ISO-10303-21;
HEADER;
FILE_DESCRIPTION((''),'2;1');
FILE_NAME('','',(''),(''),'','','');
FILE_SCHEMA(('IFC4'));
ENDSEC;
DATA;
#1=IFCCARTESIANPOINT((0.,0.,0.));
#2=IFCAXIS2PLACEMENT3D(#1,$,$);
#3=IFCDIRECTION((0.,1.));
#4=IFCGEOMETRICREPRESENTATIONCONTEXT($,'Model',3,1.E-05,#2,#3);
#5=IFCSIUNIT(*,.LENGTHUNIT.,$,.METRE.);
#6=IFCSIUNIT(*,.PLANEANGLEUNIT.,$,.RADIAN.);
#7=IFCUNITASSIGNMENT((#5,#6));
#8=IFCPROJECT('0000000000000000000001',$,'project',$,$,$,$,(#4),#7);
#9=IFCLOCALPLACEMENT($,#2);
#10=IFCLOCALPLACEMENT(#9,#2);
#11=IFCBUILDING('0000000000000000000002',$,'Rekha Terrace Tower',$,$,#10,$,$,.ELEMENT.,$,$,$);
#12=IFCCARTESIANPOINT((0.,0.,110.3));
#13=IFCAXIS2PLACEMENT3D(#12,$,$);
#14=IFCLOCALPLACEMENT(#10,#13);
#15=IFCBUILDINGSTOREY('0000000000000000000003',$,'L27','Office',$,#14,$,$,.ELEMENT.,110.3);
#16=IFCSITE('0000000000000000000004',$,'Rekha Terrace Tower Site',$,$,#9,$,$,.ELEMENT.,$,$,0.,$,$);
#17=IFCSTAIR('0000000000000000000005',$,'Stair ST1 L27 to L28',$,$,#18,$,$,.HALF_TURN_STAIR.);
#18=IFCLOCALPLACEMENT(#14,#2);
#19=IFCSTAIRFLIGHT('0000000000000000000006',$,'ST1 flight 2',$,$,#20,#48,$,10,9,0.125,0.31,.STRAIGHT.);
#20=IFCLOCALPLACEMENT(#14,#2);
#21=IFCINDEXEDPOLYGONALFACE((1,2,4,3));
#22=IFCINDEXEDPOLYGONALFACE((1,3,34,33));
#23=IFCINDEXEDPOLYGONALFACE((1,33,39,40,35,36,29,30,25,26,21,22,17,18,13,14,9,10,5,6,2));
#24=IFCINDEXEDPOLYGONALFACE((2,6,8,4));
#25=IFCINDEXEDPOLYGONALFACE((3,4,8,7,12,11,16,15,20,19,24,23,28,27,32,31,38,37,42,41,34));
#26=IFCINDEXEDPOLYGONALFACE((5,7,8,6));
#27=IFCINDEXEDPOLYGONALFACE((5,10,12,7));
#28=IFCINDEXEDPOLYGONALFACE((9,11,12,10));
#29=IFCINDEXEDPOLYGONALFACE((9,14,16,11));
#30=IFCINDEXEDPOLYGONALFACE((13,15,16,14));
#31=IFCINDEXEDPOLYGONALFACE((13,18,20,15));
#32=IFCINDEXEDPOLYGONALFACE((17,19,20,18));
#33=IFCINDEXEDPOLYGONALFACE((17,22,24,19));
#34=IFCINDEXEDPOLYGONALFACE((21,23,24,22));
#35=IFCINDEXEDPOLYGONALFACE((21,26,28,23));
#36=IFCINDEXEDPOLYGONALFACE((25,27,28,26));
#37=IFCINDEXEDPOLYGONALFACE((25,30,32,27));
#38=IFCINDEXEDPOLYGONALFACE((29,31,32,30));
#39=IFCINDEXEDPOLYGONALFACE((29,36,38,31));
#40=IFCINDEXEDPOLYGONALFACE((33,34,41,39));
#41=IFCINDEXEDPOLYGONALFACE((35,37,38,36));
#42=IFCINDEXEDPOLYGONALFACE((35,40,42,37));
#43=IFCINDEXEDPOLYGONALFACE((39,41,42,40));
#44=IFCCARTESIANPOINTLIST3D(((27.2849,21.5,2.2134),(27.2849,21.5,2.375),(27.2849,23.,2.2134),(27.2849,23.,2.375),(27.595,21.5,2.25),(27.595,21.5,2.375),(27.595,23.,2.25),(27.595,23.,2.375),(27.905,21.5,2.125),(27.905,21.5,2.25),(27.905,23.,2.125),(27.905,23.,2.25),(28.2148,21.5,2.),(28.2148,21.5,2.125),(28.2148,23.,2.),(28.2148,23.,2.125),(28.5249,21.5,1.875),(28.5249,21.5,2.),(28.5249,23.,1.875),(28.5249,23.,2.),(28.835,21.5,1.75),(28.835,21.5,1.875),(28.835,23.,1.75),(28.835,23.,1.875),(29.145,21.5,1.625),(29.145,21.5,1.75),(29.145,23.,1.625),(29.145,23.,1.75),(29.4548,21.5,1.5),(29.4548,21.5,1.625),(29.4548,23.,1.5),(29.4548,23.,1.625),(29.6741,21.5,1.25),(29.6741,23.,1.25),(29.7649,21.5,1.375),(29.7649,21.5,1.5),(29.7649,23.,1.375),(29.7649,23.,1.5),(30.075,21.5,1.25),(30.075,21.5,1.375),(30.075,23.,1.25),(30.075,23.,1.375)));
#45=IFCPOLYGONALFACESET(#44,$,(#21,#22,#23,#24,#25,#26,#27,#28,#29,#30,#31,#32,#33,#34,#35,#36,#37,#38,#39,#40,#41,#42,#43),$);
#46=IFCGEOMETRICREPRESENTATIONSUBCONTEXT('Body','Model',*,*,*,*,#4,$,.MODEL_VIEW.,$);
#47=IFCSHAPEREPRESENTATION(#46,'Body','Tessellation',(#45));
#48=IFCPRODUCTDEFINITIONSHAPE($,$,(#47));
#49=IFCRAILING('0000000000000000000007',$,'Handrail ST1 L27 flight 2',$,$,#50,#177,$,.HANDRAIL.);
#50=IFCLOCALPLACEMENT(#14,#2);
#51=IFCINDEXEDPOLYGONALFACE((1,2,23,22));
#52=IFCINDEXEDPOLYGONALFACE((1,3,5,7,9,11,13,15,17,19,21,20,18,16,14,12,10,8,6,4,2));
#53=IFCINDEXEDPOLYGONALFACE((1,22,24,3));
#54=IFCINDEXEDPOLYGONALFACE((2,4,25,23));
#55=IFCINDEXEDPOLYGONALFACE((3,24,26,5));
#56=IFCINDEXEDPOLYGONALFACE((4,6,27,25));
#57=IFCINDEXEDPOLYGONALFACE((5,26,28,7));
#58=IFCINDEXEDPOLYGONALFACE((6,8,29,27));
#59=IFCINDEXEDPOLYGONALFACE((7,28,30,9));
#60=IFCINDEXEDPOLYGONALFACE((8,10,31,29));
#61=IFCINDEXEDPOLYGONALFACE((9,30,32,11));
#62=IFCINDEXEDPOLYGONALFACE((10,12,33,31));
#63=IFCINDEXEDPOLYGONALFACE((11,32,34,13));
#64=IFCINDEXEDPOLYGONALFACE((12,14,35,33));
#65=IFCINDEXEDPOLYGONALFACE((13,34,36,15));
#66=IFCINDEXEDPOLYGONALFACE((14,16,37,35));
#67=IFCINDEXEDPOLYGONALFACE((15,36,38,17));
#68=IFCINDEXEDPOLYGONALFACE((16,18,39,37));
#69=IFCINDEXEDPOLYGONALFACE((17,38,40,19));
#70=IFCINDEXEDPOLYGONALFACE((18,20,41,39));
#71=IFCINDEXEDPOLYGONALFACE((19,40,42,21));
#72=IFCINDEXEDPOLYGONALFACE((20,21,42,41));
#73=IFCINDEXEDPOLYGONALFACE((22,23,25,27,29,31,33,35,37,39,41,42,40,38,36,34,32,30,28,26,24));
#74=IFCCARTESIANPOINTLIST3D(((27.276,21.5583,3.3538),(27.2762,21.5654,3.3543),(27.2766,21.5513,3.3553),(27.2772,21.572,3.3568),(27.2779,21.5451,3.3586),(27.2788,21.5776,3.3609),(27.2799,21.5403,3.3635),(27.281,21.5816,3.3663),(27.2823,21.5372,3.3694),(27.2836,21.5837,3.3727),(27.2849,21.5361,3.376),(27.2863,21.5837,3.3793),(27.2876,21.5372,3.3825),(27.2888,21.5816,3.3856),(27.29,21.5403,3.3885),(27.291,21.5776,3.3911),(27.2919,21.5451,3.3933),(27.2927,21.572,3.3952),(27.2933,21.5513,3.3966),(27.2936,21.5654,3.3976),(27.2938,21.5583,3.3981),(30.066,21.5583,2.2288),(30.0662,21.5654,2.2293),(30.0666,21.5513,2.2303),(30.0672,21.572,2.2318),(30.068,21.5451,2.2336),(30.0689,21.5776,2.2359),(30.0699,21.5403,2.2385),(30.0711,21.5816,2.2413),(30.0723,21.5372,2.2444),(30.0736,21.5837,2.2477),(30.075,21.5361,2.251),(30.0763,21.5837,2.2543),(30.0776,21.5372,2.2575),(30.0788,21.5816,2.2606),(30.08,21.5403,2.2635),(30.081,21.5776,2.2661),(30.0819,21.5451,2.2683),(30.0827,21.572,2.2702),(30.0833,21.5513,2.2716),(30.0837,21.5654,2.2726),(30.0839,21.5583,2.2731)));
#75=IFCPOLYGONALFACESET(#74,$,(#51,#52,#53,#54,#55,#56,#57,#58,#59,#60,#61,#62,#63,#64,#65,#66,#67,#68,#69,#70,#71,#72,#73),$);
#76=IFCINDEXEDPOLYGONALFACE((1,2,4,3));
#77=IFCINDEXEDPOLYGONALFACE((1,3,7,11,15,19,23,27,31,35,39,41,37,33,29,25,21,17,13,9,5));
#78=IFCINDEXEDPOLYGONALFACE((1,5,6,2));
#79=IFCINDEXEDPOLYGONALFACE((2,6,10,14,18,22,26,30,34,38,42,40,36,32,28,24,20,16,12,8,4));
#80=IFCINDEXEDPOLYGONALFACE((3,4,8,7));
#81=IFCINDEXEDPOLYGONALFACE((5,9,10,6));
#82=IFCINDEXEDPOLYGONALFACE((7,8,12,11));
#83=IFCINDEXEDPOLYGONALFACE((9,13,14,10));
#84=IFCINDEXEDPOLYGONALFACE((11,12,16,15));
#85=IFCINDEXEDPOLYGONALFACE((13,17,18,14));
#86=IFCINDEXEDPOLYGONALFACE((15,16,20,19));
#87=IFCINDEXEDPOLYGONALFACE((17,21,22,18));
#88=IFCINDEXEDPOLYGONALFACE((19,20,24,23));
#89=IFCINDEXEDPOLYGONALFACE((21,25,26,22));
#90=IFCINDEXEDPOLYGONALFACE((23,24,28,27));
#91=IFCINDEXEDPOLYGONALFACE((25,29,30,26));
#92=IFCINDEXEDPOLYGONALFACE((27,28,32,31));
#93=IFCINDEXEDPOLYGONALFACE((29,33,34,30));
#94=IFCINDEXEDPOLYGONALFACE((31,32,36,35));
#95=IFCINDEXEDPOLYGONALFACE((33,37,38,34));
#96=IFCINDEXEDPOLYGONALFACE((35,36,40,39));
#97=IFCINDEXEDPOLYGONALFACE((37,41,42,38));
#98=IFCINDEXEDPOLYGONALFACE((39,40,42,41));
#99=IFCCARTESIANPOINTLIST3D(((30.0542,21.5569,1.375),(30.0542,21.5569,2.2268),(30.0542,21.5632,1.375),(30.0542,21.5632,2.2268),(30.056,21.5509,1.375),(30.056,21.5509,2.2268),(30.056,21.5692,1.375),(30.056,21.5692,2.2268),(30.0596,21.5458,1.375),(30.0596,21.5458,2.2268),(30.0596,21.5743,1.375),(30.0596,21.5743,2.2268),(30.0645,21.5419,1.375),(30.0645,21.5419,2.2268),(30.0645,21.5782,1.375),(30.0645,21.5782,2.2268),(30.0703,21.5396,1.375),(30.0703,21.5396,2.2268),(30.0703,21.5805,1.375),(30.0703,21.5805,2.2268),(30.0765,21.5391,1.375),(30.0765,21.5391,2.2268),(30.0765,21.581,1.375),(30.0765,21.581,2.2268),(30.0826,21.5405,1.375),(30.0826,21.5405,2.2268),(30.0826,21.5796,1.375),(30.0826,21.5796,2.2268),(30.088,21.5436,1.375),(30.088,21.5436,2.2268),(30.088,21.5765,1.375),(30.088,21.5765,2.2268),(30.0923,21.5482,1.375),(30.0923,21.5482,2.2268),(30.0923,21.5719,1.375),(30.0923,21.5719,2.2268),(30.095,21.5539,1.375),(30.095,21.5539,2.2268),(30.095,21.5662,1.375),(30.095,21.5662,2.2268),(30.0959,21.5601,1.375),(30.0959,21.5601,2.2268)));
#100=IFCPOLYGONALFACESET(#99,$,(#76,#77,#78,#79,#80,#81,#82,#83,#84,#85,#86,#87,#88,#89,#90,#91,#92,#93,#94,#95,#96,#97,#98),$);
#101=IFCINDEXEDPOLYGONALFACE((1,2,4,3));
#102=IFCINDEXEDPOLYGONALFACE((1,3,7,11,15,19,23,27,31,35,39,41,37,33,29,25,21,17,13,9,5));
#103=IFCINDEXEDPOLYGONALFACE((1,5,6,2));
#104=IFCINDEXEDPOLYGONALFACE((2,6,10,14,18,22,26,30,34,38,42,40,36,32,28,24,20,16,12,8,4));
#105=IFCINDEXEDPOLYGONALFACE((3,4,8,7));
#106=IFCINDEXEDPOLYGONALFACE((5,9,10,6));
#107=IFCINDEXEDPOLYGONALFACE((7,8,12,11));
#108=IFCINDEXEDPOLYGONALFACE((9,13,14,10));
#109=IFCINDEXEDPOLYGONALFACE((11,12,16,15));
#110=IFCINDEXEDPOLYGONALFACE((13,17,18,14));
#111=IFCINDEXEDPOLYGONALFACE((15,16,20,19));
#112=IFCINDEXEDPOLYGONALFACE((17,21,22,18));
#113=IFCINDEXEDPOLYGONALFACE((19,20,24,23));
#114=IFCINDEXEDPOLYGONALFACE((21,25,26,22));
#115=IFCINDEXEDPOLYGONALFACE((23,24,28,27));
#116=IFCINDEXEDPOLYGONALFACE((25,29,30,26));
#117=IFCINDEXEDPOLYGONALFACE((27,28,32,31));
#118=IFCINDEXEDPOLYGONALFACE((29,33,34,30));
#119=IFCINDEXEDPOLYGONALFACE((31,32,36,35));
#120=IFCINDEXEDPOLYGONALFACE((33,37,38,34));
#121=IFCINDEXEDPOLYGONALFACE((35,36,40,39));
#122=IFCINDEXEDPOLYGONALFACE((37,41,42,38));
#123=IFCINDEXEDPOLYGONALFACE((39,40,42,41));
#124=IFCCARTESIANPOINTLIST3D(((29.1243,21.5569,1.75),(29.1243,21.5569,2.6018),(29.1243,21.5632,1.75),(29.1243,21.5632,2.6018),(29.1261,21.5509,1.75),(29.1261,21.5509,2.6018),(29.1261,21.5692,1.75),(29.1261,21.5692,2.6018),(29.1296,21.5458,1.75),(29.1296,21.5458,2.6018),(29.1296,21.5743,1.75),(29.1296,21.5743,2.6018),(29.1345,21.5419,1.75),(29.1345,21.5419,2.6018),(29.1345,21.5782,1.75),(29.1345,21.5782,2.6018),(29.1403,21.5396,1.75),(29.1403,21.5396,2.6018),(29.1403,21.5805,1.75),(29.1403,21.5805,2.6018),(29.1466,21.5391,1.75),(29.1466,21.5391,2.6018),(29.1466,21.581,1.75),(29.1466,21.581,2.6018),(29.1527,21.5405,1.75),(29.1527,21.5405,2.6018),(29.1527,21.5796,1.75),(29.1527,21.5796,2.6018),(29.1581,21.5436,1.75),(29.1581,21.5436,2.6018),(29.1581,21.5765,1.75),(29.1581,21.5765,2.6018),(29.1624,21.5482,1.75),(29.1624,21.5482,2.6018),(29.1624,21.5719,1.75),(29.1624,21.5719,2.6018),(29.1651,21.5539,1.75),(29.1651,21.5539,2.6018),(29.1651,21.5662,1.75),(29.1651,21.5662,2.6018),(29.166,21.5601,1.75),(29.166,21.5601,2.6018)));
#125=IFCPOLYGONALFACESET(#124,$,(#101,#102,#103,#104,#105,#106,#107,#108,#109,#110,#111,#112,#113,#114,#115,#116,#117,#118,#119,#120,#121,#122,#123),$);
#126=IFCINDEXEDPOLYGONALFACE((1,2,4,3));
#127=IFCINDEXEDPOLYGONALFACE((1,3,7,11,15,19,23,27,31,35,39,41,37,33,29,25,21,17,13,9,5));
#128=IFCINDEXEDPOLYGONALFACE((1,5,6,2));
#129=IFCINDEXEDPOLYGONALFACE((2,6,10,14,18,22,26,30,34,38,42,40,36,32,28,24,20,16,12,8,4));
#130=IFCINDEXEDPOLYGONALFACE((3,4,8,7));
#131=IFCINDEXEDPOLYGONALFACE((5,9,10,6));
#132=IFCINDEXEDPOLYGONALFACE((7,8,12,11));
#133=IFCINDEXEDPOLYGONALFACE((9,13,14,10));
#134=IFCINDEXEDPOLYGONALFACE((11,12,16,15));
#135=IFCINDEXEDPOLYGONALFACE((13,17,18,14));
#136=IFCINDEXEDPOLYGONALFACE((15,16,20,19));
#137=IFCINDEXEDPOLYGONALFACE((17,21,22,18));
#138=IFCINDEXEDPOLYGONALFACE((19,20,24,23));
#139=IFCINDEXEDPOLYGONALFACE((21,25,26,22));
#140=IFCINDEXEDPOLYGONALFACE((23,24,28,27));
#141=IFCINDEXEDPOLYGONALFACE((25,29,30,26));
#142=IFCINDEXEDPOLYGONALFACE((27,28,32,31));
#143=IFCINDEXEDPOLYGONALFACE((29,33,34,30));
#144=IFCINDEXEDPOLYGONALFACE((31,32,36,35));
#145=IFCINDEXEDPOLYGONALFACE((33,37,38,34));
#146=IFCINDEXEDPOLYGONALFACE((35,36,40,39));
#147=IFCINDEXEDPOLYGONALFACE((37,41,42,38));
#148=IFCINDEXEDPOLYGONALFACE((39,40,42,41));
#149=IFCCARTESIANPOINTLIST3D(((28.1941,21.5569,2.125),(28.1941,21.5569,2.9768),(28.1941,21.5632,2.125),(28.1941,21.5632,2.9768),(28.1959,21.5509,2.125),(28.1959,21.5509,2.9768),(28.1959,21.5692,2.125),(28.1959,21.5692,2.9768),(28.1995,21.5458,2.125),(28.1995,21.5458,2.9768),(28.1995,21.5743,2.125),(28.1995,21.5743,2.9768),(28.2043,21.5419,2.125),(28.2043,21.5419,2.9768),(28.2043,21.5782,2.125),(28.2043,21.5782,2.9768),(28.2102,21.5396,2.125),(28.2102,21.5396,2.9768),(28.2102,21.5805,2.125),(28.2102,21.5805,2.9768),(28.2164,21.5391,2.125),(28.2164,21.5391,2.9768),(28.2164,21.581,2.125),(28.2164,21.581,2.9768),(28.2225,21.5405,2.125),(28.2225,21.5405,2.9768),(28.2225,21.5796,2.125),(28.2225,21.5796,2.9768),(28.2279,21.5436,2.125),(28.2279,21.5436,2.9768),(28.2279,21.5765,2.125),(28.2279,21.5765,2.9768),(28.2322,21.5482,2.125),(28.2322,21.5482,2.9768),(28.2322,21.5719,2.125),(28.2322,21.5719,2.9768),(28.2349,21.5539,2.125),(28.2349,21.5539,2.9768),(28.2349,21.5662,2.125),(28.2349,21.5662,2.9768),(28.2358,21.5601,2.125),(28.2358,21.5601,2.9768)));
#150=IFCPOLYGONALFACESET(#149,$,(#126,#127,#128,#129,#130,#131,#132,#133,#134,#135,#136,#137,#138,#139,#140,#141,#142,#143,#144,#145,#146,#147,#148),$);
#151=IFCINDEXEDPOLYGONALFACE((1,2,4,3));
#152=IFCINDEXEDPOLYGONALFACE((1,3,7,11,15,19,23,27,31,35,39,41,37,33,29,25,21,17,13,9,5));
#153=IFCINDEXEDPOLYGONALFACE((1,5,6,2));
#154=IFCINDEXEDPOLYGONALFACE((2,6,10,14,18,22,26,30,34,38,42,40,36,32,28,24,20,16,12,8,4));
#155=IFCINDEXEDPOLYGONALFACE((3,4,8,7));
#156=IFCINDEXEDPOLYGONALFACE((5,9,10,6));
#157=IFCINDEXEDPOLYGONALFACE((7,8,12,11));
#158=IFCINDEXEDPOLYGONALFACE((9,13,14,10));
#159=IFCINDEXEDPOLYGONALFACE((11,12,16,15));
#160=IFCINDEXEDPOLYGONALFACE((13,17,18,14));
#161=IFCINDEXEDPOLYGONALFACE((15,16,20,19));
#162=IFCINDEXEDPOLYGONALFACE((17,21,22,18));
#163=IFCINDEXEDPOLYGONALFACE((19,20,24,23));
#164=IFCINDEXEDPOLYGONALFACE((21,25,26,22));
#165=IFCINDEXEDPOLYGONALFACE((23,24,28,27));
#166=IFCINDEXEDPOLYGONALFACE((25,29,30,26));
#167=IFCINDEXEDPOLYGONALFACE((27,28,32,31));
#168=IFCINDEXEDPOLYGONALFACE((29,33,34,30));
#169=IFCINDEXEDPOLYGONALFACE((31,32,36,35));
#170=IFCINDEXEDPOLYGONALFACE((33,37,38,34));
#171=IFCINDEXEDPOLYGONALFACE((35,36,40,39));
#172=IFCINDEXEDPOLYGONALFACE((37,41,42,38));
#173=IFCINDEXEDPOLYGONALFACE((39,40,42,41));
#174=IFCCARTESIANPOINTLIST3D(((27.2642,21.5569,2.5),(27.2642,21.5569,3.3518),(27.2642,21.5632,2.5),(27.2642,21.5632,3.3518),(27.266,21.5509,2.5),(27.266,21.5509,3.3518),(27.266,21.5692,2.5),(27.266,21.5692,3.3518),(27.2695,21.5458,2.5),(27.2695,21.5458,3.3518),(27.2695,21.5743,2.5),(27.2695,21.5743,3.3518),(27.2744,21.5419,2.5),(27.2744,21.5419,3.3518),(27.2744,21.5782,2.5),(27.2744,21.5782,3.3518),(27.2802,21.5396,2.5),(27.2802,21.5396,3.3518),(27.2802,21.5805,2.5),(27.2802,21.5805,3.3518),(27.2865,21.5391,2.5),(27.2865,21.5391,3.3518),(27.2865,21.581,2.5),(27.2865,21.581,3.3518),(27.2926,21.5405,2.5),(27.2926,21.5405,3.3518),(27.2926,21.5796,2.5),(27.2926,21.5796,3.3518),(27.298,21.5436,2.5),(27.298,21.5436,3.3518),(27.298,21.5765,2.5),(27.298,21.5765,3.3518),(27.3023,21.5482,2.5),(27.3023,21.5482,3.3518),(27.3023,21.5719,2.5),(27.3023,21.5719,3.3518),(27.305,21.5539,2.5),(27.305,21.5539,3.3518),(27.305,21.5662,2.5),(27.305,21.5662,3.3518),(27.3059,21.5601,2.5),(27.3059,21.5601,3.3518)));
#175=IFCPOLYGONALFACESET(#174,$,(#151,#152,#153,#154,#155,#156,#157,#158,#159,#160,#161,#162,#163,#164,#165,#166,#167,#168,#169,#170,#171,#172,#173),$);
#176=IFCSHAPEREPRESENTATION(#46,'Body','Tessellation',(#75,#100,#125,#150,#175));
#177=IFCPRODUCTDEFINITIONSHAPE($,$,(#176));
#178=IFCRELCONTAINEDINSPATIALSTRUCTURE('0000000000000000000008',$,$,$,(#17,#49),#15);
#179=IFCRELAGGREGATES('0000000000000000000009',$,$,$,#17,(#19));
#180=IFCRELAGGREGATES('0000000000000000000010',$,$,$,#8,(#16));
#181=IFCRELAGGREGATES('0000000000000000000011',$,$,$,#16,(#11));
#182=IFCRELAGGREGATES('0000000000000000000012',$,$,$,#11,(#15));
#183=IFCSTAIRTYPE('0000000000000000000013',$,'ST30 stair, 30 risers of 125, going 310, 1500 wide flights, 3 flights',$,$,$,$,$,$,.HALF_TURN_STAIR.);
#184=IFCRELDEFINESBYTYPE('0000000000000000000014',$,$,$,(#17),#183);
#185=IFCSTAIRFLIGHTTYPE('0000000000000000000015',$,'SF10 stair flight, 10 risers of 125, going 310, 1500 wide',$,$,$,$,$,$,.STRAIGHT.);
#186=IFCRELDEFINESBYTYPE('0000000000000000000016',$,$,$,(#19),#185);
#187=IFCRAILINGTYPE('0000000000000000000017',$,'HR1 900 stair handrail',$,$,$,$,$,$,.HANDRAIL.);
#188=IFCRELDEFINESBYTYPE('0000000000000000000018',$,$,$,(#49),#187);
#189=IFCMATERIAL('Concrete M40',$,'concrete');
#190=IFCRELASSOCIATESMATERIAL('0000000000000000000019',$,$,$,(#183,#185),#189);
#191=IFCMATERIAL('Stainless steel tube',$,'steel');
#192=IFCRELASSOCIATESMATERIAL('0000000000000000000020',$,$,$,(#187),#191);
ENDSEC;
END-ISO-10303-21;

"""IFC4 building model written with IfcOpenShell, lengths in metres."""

from ifc_helpers import new_model, si_unit, direction, frame, origin, origin_2d, place, context, subcontext, project, spatial, polyline, circle, outline, extrude, material, type_object, element, aggregate, save


model = new_model("IFC4")

# Units and contexts
model_context = context("Model", 3, precision=1e-05, world=origin(), true_north=direction((0.0, 1.0)))
body_context = subcontext(model_context, "Body", "Model", "MODEL_VIEW")
ifc_project = project(units=[si_unit("LENGTHUNIT", "METRE"), si_unit("PLANEANGLEUNIT", "RADIAN")], contexts=[model_context])

# Site, building, storey
site_placement = place(None, origin())
site = spatial("IfcSite", under=ifc_project, at=site_placement, Name="Rekha Terrace Tower Site", CompositionType="ELEMENT", RefElevation=0.0)
building_placement = place(site_placement, origin())
building = spatial("IfcBuilding", under=site, at=building_placement, Name="Rekha Terrace Tower", CompositionType="ELEMENT")
storey_placement = place(building_placement, frame((0.0, 0.0, 110.3)))
storey = spatial("IfcBuildingStorey", under=building, at=storey_placement, Name="L27", Description="Office", CompositionType="ELEMENT", Elevation=110.3)

# Stair, stair flight
ifc_material_1 = material(Name="Concrete M40", Category="concrete")
stair_type = type_object("IfcStairType", Name="ST30 stair, 30 risers of 125, going 310, 1500 wide flights, 3 flights", PredefinedType="HALF_TURN_STAIR", material=ifc_material_1)
stair_placement = place(storey_placement, origin())
stair = element("IfcStair", 1, at=stair_placement, inside=storey, type_object=stair_type, Name="Stair ST1 L27 to L28", PredefinedType="HALF_TURN_STAIR")
stair_flight_type = type_object("IfcStairFlightType", Name="SF10 stair flight, 10 risers of 125, going 310, 1500 wide", PredefinedType="STRAIGHT", material=ifc_material_1)
stair_flight_placement = place(storey_placement, frame((30.075, 22.25, 1.25), z_axis=(0.0, 0.0, 1.0), x_axis=(-1.0, 0.0, 0.0)))
stair_flight = element("IfcStairFlight", 2, at=stair_flight_placement, type_object=stair_flight_type, Name="ST1 flight 2", NumberOfRisers=10, NumberOfTreads=9, PredefinedType="STRAIGHT", RiserHeight=0.125, TreadLength=0.31, context=body_context, shape_type="SweptSolid", body=[
    extrude(outline(polyline([(0.0, 0.0), (0.0, 0.125), (0.3101, 0.125), (0.3101, 0.25), (0.6201, 0.25), (0.6201, 0.375), (0.9299, 0.375), (0.9299, 0.5), (1.24, 0.5), (1.24, 0.625), (1.55, 0.625), (1.55, 0.75), (1.8601, 0.75), (1.8601, 0.875), (2.1699, 0.875), (2.1699, 1.0), (2.48, 1.0), (2.48, 1.125), (2.79, 1.125), (2.79, 1.25), (2.79, 0.9634), (0.4009, 0.0), (0.0, 0.0)])), frame((0.0, 0.75, 0.0), z_axis=(0.0, -1.0, 0.0), x_axis=(1.0, 0.0, 0.0)), (0.0, 0.0, 1.0), 1.5),
])
aggregate(stair, [stair_flight])

# Railing
ifc_material_2 = material(Name="Stainless steel tube", Category="steel")
railing_type = type_object("IfcRailingType", Name="HR1 900 stair handrail", PredefinedType="HANDRAIL", material=ifc_material_2)
railing_placement = place(storey_placement, frame((30.075, 21.5601, 1.375)))
element("IfcRailing", 3, at=railing_placement, inside=storey, type_object=railing_type, Name="Handrail ST1 L27 flight 2", PredefinedType="HANDRAIL", context=body_context, shape_type="SweptSolid", body=[
    extrude(circle(Radius=0.0239, at=origin_2d()), frame((0.0, 0.0, 0.876), z_axis=(-0.927443, 0.0, 0.373964), x_axis=(0.0, -1.0, 0.0)), (0.0, 0.0, 1.0), 3.0083),
    extrude(circle(Radius=0.021, at=origin_2d()), origin(), (0.0, 0.0, 1.0), 0.8518),
    extrude(circle(Radius=0.021, at=origin_2d()), frame((-0.9299, 0.0, 0.375)), (0.0, 0.0, 1.0), 0.8518),
    extrude(circle(Radius=0.021, at=origin_2d()), frame((-1.8601, 0.0, 0.75)), (0.0, 0.0, 1.0), 0.8518),
    extrude(circle(Radius=0.021, at=origin_2d()), frame((-2.79, 0.0, 1.125)), (0.0, 0.0, 1.0), 0.8518),
])

save(model, "model.ifc")
